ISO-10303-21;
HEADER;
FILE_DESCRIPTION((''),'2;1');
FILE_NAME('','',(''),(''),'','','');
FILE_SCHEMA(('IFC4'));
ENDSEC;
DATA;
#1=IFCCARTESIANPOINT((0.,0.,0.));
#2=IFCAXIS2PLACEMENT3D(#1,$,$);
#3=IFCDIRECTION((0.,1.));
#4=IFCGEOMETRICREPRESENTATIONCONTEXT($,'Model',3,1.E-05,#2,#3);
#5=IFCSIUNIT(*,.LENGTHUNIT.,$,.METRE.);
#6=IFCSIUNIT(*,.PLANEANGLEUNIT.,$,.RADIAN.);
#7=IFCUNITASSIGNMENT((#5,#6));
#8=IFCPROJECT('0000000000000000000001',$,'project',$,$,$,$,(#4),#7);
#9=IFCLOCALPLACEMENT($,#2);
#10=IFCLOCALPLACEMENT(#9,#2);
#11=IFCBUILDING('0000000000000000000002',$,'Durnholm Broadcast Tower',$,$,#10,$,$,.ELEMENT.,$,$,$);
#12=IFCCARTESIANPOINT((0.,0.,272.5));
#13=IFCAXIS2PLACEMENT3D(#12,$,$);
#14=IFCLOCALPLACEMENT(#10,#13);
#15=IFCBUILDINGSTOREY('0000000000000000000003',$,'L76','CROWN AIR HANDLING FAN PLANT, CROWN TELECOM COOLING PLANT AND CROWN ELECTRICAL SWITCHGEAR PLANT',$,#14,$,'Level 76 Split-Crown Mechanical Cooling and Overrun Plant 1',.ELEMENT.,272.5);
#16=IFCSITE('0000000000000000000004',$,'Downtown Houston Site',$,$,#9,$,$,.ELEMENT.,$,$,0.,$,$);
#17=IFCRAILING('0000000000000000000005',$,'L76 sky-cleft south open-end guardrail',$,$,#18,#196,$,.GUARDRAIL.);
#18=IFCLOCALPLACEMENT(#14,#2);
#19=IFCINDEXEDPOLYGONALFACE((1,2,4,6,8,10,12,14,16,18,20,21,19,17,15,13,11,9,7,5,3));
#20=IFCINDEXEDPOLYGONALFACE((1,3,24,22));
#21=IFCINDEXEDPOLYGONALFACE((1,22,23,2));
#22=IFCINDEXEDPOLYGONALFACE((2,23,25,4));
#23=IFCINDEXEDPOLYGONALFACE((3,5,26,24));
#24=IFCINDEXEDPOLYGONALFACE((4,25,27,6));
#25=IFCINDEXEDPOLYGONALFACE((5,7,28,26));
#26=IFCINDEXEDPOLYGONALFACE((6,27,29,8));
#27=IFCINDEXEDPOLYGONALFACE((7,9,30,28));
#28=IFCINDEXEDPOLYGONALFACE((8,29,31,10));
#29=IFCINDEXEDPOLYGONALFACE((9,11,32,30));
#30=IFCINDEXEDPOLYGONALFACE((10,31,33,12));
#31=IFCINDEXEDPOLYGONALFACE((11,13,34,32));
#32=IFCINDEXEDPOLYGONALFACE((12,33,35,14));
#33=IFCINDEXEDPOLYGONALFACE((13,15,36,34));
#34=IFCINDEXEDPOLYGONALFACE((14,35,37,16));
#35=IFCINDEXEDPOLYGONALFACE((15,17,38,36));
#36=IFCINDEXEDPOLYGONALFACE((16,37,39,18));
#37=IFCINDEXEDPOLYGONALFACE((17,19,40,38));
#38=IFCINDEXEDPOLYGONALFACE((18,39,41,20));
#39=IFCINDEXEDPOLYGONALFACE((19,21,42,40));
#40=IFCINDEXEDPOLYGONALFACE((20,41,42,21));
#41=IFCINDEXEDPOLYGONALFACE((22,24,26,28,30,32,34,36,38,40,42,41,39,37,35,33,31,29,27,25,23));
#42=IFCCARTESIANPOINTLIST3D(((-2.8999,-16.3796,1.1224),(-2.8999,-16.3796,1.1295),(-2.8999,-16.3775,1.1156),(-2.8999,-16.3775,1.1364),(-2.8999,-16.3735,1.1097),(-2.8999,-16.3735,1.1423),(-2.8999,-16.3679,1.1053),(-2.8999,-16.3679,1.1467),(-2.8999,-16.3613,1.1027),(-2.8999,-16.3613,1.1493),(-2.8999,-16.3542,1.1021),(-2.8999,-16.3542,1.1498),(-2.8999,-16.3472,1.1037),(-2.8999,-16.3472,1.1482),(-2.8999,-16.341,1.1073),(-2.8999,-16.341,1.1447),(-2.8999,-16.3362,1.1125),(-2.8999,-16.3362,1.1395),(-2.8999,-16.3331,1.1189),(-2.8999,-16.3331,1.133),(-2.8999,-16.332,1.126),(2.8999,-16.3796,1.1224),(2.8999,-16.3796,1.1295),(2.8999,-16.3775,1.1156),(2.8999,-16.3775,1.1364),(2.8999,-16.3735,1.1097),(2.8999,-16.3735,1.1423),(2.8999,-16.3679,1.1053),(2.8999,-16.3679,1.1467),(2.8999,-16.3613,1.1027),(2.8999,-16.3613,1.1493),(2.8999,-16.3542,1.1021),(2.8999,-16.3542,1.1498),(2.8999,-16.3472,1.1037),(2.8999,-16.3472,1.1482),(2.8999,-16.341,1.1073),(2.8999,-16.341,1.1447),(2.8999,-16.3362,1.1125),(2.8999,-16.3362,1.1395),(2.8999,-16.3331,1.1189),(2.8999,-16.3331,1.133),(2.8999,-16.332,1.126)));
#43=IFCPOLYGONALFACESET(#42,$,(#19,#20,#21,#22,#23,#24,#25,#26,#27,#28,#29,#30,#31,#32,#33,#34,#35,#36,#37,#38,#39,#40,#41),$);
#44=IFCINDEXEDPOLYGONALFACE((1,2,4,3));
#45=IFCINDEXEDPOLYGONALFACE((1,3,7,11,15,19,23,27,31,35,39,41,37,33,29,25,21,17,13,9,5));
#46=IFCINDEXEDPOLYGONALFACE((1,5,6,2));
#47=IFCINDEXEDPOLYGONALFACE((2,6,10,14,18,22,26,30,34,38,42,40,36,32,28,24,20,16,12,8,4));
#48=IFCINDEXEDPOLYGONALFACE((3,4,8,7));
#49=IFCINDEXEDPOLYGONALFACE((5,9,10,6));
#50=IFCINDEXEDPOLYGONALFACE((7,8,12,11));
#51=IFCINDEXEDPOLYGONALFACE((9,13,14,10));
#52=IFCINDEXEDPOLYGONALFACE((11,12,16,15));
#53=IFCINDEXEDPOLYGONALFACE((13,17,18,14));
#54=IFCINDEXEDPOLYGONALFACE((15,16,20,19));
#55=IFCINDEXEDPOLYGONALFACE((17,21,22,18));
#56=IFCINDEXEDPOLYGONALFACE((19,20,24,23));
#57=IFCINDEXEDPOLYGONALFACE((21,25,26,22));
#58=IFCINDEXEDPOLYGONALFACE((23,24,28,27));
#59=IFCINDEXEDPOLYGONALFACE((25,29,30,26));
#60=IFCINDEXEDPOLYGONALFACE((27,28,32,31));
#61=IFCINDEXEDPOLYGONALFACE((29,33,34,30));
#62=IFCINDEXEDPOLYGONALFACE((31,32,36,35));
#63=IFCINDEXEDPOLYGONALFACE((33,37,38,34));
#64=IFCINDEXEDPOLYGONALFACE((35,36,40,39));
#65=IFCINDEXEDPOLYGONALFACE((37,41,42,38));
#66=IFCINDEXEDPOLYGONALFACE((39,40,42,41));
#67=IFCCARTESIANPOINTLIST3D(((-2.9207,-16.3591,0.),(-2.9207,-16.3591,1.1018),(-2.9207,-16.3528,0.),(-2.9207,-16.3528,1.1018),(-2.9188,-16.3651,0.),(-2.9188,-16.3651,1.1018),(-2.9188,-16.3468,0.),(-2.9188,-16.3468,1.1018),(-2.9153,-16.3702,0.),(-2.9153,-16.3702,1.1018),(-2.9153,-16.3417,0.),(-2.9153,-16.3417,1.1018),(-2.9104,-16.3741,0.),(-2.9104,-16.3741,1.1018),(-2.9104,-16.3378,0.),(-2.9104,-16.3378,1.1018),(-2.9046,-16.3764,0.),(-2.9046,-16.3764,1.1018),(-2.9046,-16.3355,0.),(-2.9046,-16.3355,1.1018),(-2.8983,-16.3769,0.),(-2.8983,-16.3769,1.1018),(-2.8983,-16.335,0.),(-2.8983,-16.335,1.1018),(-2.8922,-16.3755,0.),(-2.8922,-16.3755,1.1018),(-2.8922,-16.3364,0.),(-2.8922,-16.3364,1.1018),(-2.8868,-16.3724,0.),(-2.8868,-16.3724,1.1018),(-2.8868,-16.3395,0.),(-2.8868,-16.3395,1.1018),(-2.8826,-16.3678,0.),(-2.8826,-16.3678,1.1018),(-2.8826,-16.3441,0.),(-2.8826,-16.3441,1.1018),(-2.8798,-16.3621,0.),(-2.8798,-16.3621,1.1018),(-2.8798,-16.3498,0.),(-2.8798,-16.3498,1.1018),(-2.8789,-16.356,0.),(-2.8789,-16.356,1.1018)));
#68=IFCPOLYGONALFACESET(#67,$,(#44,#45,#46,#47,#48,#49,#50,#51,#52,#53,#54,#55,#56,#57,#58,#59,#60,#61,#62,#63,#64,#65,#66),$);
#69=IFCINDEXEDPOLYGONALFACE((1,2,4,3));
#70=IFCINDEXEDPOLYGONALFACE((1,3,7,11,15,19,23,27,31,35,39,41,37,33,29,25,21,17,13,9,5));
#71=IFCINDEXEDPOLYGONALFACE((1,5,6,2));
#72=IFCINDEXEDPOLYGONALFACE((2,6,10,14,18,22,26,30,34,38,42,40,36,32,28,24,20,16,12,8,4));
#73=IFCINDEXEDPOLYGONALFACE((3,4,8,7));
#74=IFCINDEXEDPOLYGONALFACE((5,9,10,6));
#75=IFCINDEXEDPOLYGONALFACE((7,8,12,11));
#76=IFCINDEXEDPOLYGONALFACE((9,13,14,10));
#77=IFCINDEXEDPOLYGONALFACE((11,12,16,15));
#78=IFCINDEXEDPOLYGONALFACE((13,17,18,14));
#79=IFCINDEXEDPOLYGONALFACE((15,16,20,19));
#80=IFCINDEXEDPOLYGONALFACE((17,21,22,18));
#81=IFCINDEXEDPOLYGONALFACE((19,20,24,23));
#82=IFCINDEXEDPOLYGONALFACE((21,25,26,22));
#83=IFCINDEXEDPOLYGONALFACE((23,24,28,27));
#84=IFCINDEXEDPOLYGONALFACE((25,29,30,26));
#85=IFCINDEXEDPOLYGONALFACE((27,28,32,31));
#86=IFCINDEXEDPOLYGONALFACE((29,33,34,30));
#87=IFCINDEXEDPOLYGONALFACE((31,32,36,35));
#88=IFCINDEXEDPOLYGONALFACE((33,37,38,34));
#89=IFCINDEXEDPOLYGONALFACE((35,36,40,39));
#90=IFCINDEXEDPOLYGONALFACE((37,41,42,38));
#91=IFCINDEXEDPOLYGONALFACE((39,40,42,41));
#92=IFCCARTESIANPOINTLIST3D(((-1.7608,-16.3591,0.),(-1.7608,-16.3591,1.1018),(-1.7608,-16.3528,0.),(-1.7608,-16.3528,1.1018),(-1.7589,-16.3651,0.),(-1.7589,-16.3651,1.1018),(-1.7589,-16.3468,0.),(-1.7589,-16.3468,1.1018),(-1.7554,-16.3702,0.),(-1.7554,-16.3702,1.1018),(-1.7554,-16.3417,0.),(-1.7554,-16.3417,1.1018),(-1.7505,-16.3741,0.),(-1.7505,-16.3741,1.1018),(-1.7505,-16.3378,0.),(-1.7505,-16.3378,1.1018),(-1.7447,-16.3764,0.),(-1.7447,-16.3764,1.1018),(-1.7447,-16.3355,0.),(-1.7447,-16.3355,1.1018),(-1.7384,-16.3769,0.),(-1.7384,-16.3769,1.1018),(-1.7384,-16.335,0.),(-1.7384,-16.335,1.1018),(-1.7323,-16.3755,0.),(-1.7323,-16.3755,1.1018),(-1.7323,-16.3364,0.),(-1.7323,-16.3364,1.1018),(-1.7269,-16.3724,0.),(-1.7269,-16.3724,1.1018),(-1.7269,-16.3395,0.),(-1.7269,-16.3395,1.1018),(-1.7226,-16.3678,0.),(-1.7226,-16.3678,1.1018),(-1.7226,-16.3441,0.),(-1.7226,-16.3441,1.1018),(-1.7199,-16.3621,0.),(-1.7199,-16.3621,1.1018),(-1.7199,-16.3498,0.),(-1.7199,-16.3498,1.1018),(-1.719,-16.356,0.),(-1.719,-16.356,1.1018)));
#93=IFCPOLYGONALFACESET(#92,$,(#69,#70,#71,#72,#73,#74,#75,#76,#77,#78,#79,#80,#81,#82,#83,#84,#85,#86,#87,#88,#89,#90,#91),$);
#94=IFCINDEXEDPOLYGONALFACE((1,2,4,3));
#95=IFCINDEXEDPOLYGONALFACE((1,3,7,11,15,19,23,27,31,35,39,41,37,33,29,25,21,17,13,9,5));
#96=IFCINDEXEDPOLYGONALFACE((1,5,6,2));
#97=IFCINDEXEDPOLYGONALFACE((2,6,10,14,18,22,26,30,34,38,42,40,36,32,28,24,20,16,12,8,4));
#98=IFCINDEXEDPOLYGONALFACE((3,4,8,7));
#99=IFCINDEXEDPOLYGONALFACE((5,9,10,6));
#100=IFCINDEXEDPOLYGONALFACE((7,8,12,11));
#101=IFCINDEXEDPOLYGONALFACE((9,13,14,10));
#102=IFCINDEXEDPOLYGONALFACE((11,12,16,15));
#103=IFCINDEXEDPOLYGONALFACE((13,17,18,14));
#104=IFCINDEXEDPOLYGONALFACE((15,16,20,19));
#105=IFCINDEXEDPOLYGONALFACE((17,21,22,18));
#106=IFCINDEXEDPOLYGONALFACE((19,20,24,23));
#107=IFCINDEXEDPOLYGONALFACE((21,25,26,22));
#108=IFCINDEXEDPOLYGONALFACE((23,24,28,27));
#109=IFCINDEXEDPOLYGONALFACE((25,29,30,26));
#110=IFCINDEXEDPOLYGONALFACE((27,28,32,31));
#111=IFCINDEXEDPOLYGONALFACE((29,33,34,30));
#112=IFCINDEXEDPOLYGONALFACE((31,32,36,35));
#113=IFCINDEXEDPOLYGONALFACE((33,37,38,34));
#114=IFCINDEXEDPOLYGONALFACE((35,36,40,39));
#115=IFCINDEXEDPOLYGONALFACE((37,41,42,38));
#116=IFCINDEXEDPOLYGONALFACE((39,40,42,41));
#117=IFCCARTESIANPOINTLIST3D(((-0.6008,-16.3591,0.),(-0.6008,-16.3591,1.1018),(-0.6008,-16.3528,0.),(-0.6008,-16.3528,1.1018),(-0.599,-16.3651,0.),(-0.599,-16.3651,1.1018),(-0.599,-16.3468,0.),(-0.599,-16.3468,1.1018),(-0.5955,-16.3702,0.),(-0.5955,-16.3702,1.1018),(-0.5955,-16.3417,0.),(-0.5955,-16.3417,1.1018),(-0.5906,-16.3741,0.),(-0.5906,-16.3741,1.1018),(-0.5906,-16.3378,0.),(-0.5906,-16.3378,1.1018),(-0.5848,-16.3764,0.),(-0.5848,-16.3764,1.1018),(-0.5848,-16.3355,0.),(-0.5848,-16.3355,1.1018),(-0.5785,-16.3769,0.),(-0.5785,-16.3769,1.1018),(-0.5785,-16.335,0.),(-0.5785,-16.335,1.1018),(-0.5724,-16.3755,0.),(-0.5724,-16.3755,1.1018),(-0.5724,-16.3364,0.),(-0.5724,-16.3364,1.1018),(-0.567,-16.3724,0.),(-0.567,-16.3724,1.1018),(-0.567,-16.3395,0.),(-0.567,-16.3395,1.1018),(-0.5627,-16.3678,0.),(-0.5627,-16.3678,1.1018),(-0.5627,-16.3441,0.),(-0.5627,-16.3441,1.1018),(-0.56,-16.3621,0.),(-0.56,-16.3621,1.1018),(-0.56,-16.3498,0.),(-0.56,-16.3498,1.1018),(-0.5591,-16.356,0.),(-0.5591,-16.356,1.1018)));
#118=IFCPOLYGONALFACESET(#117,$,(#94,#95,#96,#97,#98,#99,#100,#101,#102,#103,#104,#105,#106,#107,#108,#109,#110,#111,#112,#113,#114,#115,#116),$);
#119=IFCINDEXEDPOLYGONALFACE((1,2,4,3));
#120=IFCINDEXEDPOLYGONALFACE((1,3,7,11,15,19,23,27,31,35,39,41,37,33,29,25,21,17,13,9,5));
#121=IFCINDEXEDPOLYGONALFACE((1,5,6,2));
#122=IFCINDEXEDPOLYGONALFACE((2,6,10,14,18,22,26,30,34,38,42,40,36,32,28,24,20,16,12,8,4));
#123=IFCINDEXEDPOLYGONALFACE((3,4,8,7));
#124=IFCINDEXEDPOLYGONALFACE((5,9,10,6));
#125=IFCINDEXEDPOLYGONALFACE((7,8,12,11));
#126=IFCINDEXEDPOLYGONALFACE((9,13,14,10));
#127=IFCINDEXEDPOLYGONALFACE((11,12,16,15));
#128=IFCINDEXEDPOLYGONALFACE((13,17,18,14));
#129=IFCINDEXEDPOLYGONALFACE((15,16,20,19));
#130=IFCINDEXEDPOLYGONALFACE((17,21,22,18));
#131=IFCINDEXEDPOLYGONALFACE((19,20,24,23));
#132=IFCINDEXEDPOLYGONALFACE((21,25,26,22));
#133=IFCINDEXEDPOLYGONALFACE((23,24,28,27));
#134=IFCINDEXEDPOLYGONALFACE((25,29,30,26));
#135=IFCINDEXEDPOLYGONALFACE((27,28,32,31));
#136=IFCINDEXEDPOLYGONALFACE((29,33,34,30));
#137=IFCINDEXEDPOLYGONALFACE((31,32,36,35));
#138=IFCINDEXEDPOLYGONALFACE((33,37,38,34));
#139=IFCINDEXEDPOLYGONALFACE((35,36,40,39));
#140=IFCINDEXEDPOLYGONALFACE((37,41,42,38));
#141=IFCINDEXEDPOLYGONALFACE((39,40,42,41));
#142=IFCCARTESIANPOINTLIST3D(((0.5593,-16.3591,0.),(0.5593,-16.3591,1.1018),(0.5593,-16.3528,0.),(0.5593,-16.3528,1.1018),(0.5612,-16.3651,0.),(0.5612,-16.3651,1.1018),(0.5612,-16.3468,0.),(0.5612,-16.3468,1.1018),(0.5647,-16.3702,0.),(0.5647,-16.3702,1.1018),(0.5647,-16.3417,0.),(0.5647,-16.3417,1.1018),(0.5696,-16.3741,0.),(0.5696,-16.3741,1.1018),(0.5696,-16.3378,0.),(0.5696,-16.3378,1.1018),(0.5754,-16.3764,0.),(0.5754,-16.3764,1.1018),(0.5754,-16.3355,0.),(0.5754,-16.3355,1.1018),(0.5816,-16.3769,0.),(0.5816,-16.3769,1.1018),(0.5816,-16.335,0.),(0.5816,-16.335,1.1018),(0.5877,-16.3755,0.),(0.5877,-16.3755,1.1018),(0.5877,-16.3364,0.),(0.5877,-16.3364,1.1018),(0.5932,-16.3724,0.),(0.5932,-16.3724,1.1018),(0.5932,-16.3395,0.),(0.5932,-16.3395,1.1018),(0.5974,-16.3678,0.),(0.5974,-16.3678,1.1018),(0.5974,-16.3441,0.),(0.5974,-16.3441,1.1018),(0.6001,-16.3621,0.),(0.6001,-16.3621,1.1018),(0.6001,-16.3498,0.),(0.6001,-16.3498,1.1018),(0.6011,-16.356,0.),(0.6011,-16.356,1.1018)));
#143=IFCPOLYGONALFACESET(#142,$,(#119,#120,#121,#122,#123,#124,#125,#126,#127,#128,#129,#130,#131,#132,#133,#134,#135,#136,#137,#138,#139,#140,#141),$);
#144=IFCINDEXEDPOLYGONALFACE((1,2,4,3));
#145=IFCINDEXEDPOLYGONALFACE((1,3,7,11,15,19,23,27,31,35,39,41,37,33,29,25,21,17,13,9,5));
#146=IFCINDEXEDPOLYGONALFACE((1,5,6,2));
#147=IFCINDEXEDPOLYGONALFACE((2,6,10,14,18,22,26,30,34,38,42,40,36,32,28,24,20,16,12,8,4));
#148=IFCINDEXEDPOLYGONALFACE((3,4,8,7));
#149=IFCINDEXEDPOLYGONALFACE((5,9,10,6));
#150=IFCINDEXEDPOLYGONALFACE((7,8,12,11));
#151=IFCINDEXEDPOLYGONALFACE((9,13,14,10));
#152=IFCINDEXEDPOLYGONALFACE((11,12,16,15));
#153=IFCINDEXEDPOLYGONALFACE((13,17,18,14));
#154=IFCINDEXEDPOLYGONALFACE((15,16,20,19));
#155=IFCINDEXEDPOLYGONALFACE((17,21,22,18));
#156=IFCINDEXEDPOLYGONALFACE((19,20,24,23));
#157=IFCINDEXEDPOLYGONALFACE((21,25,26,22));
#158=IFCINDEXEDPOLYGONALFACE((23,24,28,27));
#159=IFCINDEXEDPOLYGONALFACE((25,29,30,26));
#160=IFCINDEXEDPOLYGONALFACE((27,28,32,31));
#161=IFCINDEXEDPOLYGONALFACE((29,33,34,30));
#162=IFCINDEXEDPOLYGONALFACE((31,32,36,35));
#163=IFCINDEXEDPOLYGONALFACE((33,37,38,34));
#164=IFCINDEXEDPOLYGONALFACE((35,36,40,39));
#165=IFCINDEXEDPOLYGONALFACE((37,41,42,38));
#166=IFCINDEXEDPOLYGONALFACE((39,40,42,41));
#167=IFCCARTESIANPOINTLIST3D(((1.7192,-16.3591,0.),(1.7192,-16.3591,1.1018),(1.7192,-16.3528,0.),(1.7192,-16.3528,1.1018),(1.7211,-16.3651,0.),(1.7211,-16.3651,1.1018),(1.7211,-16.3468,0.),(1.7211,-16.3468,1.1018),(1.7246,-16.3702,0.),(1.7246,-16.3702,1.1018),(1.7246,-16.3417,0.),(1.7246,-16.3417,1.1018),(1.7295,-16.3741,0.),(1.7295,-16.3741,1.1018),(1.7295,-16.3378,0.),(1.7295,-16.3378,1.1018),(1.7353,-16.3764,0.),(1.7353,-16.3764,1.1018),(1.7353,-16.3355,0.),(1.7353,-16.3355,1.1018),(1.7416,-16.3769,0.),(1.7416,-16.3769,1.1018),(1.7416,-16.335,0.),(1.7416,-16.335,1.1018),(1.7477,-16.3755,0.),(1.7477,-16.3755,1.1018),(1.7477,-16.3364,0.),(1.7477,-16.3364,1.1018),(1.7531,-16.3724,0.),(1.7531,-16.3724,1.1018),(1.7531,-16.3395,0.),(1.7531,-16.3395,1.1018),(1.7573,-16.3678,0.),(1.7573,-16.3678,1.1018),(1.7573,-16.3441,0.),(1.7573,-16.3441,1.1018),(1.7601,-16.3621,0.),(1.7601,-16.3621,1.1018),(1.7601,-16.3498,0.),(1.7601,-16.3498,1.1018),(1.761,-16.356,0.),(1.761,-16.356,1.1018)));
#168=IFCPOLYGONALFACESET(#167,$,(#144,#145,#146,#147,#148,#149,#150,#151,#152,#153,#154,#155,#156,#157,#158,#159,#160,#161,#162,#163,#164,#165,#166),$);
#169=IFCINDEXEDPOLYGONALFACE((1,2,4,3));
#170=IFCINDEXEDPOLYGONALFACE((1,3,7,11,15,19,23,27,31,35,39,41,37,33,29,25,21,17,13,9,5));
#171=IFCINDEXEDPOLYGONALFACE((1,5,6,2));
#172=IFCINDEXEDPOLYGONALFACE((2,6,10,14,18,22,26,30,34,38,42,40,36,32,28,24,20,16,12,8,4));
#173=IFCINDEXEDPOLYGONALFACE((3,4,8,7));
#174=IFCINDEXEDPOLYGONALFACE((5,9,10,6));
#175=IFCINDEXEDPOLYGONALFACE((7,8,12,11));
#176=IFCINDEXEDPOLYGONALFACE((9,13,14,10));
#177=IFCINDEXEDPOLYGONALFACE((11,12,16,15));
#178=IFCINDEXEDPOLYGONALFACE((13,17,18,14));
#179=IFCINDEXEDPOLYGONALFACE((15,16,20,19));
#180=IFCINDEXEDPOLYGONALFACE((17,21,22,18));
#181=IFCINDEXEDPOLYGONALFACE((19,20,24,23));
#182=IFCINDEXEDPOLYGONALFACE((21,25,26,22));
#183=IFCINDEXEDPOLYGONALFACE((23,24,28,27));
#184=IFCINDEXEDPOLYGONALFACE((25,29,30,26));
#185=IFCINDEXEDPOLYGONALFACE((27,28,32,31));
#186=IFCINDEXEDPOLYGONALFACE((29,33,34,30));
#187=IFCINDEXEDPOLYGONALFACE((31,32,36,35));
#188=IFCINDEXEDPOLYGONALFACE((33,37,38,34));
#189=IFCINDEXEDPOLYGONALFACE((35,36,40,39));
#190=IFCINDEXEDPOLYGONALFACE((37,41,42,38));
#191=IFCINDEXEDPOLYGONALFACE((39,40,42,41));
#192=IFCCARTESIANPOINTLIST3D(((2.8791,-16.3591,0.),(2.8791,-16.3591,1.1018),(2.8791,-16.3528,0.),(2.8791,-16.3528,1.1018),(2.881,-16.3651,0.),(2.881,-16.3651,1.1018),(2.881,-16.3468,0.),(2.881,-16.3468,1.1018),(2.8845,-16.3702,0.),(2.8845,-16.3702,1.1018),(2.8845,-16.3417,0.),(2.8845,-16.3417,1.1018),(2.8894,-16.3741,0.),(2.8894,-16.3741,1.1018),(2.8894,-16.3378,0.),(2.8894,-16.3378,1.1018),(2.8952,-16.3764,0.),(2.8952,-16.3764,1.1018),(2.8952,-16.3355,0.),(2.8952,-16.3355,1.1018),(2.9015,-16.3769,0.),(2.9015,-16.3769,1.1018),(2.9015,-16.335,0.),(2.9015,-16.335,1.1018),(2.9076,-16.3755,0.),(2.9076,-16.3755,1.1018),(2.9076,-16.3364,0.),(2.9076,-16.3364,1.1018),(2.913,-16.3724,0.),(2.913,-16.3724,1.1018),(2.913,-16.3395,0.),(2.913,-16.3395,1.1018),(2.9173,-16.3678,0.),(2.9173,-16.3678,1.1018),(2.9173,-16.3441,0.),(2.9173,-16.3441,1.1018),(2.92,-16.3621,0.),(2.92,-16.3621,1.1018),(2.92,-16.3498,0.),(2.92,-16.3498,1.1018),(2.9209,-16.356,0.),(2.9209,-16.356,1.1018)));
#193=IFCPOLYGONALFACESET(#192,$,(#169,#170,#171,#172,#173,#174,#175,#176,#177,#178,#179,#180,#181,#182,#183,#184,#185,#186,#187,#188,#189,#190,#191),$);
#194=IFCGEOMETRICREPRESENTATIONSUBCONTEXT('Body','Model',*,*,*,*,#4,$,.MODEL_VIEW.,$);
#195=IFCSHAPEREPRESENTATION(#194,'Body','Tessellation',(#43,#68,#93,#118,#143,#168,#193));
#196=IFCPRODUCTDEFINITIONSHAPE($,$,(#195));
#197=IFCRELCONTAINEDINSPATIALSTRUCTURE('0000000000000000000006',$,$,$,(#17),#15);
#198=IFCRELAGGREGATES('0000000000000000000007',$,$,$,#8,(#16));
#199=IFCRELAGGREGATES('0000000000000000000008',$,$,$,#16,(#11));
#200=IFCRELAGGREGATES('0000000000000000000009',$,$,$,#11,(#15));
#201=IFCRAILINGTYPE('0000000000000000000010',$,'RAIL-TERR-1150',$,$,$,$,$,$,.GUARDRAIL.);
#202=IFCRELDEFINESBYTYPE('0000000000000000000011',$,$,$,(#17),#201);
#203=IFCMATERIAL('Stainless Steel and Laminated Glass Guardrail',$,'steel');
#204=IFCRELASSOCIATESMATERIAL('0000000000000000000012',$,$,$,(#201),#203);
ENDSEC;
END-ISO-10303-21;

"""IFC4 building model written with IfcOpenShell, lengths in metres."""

from ifc_helpers import new_model, si_unit, direction, frame, origin, origin_2d, place, context, subcontext, project, spatial, circle, extrude, material, type_object, element, save


model = new_model("IFC4")

# Units and contexts
model_context = context("Model", 3, precision=1e-05, world=origin(), true_north=direction((0.0, 1.0)))
body_context = subcontext(model_context, "Body", "Model", "MODEL_VIEW")
ifc_project = project(units=[si_unit("LENGTHUNIT", "METRE"), si_unit("PLANEANGLEUNIT", "RADIAN")], contexts=[model_context])

# Site, building, storey
site_placement = place(None, origin())
site = spatial("IfcSite", under=ifc_project, at=site_placement, Name="Downtown Houston Site", CompositionType="ELEMENT", RefElevation=0.0)
building_placement = place(site_placement, origin())
building = spatial("IfcBuilding", under=site, at=building_placement, Name="Durnholm Broadcast Tower", CompositionType="ELEMENT")
storey_placement = place(building_placement, frame((0.0, 0.0, 272.5)))
storey = spatial("IfcBuildingStorey", under=building, at=storey_placement, Name="L76", Description="CROWN AIR HANDLING FAN PLANT, CROWN TELECOM COOLING PLANT AND CROWN ELECTRICAL SWITCHGEAR PLANT", LongName="Level 76 Split-Crown Mechanical Cooling and Overrun Plant 1", CompositionType="ELEMENT", Elevation=272.5)

# Railing
ifc_material_1 = material(Name="Stainless Steel and Laminated Glass Guardrail", Category="steel")
railing_type_1 = type_object("IfcRailingType", Name="RAIL-TERR-1150", PredefinedType="GUARDRAIL", material=ifc_material_1)
railing_1_placement = place(storey_placement, frame((-2.8999, -16.356, 0.0)))
element("IfcRailing", 1, at=railing_1_placement, inside=storey, type_object=railing_type_1, Name="L76 sky-cleft south open-end guardrail", PredefinedType="GUARDRAIL", context=body_context, shape_type="SweptSolid", body=[
    extrude(circle(Radius=0.0239, at=origin_2d()), frame((0.0, 0.0, 1.126), z_axis=(1.0, 0.0, 0.0), x_axis=(0.0, 1.0, 0.0)), (0.0, 0.0, 1.0), 5.7998),
    extrude(circle(Radius=0.021, at=origin_2d()), origin(), (0.0, 0.0, 1.0), 1.1018),
    extrude(circle(Radius=0.021, at=origin_2d()), frame((1.1599, 0.0, 0.0)), (0.0, 0.0, 1.0), 1.1018),
    extrude(circle(Radius=0.021, at=origin_2d()), frame((2.3198, 0.0, 0.0)), (0.0, 0.0, 1.0), 1.1018),
    extrude(circle(Radius=0.021, at=origin_2d()), frame((3.48, 0.0, 0.0)), (0.0, 0.0, 1.0), 1.1018),
    extrude(circle(Radius=0.021, at=origin_2d()), frame((4.6399, 0.0, 0.0)), (0.0, 0.0, 1.0), 1.1018),
    extrude(circle(Radius=0.021, at=origin_2d()), frame((5.7998, 0.0, 0.0)), (0.0, 0.0, 1.0), 1.1018),
])

save(model, "model.ifc")
